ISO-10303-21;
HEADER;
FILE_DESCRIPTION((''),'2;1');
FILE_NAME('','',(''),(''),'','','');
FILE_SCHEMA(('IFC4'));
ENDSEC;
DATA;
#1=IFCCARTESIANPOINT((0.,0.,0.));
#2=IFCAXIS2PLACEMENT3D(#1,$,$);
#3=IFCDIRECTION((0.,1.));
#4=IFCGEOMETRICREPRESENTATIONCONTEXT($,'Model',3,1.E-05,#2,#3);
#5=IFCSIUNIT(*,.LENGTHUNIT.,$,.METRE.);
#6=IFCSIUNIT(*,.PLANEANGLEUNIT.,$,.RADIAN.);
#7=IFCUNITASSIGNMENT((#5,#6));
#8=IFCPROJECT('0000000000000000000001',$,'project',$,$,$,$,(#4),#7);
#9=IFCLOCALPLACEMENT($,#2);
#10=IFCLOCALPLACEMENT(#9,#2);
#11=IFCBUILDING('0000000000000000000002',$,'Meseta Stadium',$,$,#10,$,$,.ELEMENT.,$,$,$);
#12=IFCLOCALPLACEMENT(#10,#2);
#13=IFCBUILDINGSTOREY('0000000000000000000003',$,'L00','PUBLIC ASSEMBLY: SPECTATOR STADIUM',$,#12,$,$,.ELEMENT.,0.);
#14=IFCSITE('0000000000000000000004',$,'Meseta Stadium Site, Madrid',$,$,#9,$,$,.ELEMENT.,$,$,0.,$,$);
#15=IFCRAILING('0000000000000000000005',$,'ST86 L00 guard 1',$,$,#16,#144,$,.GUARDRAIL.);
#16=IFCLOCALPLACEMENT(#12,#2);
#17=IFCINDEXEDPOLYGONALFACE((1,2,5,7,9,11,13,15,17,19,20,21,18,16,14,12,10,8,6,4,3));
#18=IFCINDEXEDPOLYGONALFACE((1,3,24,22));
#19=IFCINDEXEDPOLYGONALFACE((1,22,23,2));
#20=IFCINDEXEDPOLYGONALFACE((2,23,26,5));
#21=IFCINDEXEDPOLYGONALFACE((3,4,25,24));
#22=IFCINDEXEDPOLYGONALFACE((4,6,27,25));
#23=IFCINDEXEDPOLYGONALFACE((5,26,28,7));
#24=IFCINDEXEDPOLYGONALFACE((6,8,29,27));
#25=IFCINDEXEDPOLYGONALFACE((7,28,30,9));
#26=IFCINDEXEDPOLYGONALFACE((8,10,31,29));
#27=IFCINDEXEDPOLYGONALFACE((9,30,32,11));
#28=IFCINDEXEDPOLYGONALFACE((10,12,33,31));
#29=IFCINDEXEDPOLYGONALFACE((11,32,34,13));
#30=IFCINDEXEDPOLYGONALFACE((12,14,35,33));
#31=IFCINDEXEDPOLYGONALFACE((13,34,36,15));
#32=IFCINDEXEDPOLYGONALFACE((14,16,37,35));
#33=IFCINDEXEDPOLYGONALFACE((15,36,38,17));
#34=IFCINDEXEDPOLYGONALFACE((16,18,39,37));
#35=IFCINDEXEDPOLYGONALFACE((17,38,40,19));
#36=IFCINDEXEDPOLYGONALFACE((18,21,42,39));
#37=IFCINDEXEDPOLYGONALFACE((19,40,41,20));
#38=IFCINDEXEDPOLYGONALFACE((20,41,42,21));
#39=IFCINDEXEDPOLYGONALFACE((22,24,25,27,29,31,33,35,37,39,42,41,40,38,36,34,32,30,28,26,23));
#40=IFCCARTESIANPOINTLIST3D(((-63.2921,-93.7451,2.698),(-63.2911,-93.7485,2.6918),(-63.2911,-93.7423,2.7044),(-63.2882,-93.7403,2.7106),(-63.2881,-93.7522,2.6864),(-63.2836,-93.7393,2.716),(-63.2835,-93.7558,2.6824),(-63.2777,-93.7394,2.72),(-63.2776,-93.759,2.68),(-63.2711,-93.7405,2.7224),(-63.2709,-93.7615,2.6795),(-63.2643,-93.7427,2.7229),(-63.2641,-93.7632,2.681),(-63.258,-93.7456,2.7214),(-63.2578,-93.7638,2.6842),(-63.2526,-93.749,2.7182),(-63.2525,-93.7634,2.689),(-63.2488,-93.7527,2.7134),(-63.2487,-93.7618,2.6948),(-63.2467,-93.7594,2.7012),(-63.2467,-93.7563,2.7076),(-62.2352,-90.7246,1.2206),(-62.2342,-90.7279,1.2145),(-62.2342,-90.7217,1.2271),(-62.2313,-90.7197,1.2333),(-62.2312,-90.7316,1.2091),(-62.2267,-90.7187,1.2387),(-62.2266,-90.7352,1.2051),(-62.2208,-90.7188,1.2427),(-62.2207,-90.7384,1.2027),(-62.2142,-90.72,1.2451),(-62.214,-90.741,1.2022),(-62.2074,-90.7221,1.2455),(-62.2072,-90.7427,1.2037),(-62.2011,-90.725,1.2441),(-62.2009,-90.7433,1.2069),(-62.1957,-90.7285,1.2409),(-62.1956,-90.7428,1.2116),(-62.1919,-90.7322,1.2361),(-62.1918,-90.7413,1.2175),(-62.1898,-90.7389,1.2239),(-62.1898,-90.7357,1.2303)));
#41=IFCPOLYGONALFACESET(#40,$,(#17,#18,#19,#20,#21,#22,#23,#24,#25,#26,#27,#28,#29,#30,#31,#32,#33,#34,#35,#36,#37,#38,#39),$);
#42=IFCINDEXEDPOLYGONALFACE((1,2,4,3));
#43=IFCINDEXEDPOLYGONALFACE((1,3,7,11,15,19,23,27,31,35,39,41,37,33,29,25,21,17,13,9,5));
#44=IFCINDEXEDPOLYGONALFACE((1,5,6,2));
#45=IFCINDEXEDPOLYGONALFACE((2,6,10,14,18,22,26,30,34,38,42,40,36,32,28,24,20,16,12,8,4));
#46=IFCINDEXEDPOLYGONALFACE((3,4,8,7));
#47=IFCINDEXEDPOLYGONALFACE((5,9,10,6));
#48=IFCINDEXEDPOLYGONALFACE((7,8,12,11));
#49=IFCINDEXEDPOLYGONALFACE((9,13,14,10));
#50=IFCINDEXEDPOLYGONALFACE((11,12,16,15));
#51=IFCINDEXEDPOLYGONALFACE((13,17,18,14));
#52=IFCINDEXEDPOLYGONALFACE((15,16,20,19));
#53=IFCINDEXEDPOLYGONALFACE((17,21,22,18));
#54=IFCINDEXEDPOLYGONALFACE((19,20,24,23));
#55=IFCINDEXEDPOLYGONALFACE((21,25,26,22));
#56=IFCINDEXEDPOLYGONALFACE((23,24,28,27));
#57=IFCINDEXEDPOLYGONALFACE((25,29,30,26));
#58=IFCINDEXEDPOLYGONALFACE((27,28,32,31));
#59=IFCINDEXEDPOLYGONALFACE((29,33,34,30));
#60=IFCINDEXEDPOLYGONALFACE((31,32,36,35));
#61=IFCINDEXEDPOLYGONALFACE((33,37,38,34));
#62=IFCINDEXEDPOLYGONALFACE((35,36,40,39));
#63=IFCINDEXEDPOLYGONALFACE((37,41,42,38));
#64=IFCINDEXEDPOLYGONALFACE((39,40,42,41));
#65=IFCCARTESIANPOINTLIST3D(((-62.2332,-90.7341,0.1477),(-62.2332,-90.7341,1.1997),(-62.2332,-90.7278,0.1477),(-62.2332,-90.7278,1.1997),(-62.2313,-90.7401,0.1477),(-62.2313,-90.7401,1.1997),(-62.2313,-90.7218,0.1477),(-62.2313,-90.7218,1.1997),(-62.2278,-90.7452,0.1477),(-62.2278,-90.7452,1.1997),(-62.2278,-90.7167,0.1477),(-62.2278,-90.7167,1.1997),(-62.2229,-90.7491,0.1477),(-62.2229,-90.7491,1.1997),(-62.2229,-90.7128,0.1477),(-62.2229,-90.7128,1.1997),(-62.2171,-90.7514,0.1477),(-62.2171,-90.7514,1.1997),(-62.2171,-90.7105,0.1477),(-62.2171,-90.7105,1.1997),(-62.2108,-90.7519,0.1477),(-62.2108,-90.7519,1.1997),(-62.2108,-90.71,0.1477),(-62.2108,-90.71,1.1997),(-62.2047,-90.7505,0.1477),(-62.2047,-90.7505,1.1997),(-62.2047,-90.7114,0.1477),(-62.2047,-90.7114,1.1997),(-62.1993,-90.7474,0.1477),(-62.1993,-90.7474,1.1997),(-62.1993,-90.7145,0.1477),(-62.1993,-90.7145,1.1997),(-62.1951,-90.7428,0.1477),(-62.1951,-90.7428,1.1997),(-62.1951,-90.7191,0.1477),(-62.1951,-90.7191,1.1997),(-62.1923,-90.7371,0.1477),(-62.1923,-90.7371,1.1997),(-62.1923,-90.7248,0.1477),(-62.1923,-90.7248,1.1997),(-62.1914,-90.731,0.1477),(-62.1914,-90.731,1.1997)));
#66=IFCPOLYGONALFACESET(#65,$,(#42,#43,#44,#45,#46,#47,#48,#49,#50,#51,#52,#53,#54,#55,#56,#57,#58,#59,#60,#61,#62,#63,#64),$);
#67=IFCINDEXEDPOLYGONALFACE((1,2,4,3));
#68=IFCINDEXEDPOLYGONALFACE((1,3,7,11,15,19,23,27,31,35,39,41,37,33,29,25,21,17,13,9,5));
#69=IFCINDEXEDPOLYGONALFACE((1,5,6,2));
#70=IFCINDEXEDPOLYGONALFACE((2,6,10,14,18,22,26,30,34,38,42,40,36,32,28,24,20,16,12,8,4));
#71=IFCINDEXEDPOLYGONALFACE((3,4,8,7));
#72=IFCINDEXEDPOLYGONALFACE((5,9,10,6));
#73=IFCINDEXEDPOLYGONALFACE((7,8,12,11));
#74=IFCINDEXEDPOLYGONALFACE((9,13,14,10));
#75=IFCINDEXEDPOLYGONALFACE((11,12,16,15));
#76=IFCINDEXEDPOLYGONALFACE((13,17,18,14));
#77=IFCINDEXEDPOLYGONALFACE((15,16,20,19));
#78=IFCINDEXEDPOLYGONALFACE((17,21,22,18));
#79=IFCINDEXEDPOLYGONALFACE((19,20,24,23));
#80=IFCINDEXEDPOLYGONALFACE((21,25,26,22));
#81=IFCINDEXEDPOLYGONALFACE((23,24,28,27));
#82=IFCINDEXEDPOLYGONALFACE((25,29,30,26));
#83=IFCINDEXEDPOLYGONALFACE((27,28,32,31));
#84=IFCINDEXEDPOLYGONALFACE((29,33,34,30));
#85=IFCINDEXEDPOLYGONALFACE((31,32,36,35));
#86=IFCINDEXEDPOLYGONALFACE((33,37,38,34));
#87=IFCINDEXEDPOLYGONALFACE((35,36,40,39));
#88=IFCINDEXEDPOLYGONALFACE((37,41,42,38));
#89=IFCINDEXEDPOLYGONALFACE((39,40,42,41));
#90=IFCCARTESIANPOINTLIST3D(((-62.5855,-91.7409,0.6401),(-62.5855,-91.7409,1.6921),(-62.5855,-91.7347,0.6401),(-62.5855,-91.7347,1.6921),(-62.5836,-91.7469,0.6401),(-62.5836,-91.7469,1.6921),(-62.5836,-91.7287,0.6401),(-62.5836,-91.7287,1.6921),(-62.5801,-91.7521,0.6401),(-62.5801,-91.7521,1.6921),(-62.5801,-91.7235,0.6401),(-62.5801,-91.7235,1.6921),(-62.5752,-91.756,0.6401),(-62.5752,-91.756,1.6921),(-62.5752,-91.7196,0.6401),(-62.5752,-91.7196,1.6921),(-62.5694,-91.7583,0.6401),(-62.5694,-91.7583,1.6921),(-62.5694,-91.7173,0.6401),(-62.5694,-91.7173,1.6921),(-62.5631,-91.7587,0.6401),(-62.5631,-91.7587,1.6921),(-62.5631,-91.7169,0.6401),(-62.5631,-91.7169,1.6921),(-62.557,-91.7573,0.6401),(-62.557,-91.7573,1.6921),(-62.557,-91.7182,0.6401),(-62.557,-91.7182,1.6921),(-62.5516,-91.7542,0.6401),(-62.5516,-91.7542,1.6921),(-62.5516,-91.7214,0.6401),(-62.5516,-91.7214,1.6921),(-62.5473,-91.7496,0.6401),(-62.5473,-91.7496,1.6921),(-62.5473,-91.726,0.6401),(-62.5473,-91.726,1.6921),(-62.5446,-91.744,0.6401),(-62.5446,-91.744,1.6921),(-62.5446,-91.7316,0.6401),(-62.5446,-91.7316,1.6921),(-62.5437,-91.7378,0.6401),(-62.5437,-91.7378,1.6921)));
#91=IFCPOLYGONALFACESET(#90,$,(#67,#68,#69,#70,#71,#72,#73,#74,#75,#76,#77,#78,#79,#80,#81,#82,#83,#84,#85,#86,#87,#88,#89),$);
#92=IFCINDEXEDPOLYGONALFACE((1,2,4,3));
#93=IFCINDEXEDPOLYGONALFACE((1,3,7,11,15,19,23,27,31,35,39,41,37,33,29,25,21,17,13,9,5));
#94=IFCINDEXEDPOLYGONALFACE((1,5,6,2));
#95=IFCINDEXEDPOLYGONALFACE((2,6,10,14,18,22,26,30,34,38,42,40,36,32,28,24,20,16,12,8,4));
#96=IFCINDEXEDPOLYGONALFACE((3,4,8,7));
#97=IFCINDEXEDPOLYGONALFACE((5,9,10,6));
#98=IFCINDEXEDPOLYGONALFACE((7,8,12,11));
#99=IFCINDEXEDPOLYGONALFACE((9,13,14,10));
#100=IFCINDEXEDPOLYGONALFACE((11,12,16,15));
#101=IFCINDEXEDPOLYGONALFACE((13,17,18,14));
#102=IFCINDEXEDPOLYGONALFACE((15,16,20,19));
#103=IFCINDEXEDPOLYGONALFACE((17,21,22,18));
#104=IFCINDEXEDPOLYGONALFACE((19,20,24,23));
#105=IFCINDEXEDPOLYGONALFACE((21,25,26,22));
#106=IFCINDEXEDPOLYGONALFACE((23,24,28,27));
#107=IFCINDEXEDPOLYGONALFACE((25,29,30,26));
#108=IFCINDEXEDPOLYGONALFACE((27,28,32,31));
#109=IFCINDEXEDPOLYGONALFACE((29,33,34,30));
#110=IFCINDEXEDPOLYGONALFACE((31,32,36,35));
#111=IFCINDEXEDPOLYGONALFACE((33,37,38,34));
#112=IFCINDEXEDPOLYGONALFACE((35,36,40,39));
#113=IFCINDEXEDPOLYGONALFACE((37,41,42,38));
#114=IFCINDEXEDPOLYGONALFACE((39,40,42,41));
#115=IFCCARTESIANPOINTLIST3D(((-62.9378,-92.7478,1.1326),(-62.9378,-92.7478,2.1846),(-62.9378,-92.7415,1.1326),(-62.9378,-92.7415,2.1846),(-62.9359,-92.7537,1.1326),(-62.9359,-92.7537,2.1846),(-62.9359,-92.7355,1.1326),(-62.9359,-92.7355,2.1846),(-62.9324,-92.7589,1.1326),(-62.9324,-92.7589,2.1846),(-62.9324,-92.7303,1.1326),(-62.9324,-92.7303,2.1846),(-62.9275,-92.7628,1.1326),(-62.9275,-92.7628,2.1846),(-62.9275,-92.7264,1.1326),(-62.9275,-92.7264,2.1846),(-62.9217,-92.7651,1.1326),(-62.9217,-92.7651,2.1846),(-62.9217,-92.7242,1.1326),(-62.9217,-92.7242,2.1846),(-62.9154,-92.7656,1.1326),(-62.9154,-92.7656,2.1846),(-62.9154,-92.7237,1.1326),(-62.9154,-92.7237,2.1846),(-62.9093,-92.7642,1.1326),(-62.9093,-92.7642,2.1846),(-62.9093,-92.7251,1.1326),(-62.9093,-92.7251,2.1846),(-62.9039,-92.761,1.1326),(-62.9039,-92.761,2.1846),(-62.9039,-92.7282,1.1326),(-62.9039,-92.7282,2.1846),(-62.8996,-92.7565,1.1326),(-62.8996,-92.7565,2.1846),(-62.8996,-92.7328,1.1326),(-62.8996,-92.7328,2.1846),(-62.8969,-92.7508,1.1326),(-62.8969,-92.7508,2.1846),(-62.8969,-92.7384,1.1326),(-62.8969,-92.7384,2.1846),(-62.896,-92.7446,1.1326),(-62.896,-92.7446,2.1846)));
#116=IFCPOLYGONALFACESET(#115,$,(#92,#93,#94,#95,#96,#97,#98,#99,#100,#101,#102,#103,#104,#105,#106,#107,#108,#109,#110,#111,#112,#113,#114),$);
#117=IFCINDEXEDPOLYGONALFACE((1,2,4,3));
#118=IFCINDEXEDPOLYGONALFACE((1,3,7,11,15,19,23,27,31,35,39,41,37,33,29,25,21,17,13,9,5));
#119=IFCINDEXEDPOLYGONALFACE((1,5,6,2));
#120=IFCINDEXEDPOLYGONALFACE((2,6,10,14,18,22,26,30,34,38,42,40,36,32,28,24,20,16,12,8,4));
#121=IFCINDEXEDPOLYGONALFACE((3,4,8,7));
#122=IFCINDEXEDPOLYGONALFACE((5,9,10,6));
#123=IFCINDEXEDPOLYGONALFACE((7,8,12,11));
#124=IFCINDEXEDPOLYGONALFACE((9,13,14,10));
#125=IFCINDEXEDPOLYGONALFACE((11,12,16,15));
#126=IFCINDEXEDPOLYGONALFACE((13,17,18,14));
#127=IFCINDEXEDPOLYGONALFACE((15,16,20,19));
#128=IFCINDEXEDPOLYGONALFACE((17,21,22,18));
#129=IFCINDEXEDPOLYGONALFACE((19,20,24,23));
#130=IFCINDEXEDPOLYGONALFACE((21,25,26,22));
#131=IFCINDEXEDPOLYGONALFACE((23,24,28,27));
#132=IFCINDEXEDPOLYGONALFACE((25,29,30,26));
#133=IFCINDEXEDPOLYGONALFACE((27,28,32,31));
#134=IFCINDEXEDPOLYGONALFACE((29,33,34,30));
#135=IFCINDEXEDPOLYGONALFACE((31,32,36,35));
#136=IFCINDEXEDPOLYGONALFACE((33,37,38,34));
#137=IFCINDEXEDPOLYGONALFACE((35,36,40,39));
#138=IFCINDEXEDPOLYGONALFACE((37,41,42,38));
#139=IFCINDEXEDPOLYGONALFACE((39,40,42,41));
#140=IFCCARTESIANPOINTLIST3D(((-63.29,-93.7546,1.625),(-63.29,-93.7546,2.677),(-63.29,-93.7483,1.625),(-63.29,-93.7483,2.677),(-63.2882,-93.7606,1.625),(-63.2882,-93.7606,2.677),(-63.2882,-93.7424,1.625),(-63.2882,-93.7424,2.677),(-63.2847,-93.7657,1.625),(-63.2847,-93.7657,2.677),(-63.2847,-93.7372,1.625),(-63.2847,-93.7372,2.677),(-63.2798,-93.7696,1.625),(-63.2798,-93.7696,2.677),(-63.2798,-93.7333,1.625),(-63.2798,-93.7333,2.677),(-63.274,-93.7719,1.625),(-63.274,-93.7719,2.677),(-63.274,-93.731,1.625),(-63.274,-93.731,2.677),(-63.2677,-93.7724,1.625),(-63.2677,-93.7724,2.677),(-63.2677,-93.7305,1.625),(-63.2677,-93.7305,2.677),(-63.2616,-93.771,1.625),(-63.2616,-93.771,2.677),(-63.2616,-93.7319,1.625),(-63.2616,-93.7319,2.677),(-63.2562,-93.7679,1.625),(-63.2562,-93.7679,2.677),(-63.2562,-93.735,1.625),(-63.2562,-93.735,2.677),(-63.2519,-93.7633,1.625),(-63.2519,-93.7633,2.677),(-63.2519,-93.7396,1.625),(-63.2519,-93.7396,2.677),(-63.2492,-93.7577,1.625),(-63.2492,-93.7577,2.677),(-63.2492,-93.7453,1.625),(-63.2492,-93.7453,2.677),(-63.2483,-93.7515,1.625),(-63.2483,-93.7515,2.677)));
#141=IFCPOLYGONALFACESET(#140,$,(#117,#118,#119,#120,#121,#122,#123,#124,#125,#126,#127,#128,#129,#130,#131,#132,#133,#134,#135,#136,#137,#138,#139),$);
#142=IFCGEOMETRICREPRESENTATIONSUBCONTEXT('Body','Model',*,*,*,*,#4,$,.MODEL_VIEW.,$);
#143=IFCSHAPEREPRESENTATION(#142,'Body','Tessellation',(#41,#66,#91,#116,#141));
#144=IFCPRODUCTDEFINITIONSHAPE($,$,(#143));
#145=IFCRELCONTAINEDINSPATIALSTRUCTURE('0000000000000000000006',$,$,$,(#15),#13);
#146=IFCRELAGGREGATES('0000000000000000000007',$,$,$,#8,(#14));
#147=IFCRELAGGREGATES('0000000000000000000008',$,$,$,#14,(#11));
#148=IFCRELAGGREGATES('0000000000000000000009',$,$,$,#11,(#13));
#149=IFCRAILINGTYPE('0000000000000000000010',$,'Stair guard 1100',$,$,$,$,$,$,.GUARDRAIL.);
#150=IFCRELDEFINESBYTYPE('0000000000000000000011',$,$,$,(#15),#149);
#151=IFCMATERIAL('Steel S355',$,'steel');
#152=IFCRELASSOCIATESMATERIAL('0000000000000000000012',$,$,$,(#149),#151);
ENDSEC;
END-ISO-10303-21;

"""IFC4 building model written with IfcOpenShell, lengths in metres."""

from ifc_helpers import new_model, si_unit, direction, frame, origin, origin_2d, place, context, subcontext, project, spatial, circle, extrude, material, type_object, element, save


model = new_model("IFC4")

# Units and contexts
model_context = context("Model", 3, precision=1e-05, world=origin(), true_north=direction((0.0, 1.0)))
body_context = subcontext(model_context, "Body", "Model", "MODEL_VIEW")
ifc_project = project(units=[si_unit("LENGTHUNIT", "METRE"), si_unit("PLANEANGLEUNIT", "RADIAN")], contexts=[model_context])

# Site, building, storey
site_placement = place(None, origin())
site = spatial("IfcSite", under=ifc_project, at=site_placement, Name="Meseta Stadium Site, Madrid", CompositionType="ELEMENT", RefElevation=0.0)
building_placement = place(site_placement, origin())
building = spatial("IfcBuilding", under=site, at=building_placement, Name="Meseta Stadium", CompositionType="ELEMENT")
storey_placement = place(building_placement, origin())
storey = spatial("IfcBuildingStorey", under=building, at=storey_placement, Name="L00", Description="PUBLIC ASSEMBLY: SPECTATOR STADIUM", CompositionType="ELEMENT", Elevation=0.0)

# Railing
ifc_material_1 = material(Name="Steel S355", Category="steel")
railing_type_1 = type_object("IfcRailingType", Name="Stair guard 1100", PredefinedType="GUARDRAIL", material=ifc_material_1)
railing_1_placement = place(storey_placement, frame((-62.2124, -90.731, 0.1477)))
element("IfcRailing", 1, at=railing_1_placement, inside=storey, type_object=railing_type_1, Name="ST86 L00 guard 1", PredefinedType="GUARDRAIL", context=body_context, shape_type="SweptSolid", body=[
    extrude(circle(Radius=0.0239, at=origin_2d()), frame((0.0, 0.0, 1.0762), z_axis=(-0.299859, -0.856977, 0.419137), x_axis=(0.943887, -0.330269, 0.0)), (0.0, 0.0, 1.0), 3.5247),
    extrude(circle(Radius=0.021, at=origin_2d()), origin(), (0.0, 0.0, 1.0), 1.052),
    extrude(circle(Radius=0.021, at=origin_2d()), frame((-0.3523, -1.0068, 0.4924)), (0.0, 0.0, 1.0), 1.052),
    extrude(circle(Radius=0.021, at=origin_2d()), frame((-0.7046, -2.0137, 0.9849)), (0.0, 0.0, 1.0), 1.052),
    extrude(circle(Radius=0.021, at=origin_2d()), frame((-1.0569, -3.0205, 1.4773)), (0.0, 0.0, 1.0), 1.052),
])

save(model, "model.ifc")
